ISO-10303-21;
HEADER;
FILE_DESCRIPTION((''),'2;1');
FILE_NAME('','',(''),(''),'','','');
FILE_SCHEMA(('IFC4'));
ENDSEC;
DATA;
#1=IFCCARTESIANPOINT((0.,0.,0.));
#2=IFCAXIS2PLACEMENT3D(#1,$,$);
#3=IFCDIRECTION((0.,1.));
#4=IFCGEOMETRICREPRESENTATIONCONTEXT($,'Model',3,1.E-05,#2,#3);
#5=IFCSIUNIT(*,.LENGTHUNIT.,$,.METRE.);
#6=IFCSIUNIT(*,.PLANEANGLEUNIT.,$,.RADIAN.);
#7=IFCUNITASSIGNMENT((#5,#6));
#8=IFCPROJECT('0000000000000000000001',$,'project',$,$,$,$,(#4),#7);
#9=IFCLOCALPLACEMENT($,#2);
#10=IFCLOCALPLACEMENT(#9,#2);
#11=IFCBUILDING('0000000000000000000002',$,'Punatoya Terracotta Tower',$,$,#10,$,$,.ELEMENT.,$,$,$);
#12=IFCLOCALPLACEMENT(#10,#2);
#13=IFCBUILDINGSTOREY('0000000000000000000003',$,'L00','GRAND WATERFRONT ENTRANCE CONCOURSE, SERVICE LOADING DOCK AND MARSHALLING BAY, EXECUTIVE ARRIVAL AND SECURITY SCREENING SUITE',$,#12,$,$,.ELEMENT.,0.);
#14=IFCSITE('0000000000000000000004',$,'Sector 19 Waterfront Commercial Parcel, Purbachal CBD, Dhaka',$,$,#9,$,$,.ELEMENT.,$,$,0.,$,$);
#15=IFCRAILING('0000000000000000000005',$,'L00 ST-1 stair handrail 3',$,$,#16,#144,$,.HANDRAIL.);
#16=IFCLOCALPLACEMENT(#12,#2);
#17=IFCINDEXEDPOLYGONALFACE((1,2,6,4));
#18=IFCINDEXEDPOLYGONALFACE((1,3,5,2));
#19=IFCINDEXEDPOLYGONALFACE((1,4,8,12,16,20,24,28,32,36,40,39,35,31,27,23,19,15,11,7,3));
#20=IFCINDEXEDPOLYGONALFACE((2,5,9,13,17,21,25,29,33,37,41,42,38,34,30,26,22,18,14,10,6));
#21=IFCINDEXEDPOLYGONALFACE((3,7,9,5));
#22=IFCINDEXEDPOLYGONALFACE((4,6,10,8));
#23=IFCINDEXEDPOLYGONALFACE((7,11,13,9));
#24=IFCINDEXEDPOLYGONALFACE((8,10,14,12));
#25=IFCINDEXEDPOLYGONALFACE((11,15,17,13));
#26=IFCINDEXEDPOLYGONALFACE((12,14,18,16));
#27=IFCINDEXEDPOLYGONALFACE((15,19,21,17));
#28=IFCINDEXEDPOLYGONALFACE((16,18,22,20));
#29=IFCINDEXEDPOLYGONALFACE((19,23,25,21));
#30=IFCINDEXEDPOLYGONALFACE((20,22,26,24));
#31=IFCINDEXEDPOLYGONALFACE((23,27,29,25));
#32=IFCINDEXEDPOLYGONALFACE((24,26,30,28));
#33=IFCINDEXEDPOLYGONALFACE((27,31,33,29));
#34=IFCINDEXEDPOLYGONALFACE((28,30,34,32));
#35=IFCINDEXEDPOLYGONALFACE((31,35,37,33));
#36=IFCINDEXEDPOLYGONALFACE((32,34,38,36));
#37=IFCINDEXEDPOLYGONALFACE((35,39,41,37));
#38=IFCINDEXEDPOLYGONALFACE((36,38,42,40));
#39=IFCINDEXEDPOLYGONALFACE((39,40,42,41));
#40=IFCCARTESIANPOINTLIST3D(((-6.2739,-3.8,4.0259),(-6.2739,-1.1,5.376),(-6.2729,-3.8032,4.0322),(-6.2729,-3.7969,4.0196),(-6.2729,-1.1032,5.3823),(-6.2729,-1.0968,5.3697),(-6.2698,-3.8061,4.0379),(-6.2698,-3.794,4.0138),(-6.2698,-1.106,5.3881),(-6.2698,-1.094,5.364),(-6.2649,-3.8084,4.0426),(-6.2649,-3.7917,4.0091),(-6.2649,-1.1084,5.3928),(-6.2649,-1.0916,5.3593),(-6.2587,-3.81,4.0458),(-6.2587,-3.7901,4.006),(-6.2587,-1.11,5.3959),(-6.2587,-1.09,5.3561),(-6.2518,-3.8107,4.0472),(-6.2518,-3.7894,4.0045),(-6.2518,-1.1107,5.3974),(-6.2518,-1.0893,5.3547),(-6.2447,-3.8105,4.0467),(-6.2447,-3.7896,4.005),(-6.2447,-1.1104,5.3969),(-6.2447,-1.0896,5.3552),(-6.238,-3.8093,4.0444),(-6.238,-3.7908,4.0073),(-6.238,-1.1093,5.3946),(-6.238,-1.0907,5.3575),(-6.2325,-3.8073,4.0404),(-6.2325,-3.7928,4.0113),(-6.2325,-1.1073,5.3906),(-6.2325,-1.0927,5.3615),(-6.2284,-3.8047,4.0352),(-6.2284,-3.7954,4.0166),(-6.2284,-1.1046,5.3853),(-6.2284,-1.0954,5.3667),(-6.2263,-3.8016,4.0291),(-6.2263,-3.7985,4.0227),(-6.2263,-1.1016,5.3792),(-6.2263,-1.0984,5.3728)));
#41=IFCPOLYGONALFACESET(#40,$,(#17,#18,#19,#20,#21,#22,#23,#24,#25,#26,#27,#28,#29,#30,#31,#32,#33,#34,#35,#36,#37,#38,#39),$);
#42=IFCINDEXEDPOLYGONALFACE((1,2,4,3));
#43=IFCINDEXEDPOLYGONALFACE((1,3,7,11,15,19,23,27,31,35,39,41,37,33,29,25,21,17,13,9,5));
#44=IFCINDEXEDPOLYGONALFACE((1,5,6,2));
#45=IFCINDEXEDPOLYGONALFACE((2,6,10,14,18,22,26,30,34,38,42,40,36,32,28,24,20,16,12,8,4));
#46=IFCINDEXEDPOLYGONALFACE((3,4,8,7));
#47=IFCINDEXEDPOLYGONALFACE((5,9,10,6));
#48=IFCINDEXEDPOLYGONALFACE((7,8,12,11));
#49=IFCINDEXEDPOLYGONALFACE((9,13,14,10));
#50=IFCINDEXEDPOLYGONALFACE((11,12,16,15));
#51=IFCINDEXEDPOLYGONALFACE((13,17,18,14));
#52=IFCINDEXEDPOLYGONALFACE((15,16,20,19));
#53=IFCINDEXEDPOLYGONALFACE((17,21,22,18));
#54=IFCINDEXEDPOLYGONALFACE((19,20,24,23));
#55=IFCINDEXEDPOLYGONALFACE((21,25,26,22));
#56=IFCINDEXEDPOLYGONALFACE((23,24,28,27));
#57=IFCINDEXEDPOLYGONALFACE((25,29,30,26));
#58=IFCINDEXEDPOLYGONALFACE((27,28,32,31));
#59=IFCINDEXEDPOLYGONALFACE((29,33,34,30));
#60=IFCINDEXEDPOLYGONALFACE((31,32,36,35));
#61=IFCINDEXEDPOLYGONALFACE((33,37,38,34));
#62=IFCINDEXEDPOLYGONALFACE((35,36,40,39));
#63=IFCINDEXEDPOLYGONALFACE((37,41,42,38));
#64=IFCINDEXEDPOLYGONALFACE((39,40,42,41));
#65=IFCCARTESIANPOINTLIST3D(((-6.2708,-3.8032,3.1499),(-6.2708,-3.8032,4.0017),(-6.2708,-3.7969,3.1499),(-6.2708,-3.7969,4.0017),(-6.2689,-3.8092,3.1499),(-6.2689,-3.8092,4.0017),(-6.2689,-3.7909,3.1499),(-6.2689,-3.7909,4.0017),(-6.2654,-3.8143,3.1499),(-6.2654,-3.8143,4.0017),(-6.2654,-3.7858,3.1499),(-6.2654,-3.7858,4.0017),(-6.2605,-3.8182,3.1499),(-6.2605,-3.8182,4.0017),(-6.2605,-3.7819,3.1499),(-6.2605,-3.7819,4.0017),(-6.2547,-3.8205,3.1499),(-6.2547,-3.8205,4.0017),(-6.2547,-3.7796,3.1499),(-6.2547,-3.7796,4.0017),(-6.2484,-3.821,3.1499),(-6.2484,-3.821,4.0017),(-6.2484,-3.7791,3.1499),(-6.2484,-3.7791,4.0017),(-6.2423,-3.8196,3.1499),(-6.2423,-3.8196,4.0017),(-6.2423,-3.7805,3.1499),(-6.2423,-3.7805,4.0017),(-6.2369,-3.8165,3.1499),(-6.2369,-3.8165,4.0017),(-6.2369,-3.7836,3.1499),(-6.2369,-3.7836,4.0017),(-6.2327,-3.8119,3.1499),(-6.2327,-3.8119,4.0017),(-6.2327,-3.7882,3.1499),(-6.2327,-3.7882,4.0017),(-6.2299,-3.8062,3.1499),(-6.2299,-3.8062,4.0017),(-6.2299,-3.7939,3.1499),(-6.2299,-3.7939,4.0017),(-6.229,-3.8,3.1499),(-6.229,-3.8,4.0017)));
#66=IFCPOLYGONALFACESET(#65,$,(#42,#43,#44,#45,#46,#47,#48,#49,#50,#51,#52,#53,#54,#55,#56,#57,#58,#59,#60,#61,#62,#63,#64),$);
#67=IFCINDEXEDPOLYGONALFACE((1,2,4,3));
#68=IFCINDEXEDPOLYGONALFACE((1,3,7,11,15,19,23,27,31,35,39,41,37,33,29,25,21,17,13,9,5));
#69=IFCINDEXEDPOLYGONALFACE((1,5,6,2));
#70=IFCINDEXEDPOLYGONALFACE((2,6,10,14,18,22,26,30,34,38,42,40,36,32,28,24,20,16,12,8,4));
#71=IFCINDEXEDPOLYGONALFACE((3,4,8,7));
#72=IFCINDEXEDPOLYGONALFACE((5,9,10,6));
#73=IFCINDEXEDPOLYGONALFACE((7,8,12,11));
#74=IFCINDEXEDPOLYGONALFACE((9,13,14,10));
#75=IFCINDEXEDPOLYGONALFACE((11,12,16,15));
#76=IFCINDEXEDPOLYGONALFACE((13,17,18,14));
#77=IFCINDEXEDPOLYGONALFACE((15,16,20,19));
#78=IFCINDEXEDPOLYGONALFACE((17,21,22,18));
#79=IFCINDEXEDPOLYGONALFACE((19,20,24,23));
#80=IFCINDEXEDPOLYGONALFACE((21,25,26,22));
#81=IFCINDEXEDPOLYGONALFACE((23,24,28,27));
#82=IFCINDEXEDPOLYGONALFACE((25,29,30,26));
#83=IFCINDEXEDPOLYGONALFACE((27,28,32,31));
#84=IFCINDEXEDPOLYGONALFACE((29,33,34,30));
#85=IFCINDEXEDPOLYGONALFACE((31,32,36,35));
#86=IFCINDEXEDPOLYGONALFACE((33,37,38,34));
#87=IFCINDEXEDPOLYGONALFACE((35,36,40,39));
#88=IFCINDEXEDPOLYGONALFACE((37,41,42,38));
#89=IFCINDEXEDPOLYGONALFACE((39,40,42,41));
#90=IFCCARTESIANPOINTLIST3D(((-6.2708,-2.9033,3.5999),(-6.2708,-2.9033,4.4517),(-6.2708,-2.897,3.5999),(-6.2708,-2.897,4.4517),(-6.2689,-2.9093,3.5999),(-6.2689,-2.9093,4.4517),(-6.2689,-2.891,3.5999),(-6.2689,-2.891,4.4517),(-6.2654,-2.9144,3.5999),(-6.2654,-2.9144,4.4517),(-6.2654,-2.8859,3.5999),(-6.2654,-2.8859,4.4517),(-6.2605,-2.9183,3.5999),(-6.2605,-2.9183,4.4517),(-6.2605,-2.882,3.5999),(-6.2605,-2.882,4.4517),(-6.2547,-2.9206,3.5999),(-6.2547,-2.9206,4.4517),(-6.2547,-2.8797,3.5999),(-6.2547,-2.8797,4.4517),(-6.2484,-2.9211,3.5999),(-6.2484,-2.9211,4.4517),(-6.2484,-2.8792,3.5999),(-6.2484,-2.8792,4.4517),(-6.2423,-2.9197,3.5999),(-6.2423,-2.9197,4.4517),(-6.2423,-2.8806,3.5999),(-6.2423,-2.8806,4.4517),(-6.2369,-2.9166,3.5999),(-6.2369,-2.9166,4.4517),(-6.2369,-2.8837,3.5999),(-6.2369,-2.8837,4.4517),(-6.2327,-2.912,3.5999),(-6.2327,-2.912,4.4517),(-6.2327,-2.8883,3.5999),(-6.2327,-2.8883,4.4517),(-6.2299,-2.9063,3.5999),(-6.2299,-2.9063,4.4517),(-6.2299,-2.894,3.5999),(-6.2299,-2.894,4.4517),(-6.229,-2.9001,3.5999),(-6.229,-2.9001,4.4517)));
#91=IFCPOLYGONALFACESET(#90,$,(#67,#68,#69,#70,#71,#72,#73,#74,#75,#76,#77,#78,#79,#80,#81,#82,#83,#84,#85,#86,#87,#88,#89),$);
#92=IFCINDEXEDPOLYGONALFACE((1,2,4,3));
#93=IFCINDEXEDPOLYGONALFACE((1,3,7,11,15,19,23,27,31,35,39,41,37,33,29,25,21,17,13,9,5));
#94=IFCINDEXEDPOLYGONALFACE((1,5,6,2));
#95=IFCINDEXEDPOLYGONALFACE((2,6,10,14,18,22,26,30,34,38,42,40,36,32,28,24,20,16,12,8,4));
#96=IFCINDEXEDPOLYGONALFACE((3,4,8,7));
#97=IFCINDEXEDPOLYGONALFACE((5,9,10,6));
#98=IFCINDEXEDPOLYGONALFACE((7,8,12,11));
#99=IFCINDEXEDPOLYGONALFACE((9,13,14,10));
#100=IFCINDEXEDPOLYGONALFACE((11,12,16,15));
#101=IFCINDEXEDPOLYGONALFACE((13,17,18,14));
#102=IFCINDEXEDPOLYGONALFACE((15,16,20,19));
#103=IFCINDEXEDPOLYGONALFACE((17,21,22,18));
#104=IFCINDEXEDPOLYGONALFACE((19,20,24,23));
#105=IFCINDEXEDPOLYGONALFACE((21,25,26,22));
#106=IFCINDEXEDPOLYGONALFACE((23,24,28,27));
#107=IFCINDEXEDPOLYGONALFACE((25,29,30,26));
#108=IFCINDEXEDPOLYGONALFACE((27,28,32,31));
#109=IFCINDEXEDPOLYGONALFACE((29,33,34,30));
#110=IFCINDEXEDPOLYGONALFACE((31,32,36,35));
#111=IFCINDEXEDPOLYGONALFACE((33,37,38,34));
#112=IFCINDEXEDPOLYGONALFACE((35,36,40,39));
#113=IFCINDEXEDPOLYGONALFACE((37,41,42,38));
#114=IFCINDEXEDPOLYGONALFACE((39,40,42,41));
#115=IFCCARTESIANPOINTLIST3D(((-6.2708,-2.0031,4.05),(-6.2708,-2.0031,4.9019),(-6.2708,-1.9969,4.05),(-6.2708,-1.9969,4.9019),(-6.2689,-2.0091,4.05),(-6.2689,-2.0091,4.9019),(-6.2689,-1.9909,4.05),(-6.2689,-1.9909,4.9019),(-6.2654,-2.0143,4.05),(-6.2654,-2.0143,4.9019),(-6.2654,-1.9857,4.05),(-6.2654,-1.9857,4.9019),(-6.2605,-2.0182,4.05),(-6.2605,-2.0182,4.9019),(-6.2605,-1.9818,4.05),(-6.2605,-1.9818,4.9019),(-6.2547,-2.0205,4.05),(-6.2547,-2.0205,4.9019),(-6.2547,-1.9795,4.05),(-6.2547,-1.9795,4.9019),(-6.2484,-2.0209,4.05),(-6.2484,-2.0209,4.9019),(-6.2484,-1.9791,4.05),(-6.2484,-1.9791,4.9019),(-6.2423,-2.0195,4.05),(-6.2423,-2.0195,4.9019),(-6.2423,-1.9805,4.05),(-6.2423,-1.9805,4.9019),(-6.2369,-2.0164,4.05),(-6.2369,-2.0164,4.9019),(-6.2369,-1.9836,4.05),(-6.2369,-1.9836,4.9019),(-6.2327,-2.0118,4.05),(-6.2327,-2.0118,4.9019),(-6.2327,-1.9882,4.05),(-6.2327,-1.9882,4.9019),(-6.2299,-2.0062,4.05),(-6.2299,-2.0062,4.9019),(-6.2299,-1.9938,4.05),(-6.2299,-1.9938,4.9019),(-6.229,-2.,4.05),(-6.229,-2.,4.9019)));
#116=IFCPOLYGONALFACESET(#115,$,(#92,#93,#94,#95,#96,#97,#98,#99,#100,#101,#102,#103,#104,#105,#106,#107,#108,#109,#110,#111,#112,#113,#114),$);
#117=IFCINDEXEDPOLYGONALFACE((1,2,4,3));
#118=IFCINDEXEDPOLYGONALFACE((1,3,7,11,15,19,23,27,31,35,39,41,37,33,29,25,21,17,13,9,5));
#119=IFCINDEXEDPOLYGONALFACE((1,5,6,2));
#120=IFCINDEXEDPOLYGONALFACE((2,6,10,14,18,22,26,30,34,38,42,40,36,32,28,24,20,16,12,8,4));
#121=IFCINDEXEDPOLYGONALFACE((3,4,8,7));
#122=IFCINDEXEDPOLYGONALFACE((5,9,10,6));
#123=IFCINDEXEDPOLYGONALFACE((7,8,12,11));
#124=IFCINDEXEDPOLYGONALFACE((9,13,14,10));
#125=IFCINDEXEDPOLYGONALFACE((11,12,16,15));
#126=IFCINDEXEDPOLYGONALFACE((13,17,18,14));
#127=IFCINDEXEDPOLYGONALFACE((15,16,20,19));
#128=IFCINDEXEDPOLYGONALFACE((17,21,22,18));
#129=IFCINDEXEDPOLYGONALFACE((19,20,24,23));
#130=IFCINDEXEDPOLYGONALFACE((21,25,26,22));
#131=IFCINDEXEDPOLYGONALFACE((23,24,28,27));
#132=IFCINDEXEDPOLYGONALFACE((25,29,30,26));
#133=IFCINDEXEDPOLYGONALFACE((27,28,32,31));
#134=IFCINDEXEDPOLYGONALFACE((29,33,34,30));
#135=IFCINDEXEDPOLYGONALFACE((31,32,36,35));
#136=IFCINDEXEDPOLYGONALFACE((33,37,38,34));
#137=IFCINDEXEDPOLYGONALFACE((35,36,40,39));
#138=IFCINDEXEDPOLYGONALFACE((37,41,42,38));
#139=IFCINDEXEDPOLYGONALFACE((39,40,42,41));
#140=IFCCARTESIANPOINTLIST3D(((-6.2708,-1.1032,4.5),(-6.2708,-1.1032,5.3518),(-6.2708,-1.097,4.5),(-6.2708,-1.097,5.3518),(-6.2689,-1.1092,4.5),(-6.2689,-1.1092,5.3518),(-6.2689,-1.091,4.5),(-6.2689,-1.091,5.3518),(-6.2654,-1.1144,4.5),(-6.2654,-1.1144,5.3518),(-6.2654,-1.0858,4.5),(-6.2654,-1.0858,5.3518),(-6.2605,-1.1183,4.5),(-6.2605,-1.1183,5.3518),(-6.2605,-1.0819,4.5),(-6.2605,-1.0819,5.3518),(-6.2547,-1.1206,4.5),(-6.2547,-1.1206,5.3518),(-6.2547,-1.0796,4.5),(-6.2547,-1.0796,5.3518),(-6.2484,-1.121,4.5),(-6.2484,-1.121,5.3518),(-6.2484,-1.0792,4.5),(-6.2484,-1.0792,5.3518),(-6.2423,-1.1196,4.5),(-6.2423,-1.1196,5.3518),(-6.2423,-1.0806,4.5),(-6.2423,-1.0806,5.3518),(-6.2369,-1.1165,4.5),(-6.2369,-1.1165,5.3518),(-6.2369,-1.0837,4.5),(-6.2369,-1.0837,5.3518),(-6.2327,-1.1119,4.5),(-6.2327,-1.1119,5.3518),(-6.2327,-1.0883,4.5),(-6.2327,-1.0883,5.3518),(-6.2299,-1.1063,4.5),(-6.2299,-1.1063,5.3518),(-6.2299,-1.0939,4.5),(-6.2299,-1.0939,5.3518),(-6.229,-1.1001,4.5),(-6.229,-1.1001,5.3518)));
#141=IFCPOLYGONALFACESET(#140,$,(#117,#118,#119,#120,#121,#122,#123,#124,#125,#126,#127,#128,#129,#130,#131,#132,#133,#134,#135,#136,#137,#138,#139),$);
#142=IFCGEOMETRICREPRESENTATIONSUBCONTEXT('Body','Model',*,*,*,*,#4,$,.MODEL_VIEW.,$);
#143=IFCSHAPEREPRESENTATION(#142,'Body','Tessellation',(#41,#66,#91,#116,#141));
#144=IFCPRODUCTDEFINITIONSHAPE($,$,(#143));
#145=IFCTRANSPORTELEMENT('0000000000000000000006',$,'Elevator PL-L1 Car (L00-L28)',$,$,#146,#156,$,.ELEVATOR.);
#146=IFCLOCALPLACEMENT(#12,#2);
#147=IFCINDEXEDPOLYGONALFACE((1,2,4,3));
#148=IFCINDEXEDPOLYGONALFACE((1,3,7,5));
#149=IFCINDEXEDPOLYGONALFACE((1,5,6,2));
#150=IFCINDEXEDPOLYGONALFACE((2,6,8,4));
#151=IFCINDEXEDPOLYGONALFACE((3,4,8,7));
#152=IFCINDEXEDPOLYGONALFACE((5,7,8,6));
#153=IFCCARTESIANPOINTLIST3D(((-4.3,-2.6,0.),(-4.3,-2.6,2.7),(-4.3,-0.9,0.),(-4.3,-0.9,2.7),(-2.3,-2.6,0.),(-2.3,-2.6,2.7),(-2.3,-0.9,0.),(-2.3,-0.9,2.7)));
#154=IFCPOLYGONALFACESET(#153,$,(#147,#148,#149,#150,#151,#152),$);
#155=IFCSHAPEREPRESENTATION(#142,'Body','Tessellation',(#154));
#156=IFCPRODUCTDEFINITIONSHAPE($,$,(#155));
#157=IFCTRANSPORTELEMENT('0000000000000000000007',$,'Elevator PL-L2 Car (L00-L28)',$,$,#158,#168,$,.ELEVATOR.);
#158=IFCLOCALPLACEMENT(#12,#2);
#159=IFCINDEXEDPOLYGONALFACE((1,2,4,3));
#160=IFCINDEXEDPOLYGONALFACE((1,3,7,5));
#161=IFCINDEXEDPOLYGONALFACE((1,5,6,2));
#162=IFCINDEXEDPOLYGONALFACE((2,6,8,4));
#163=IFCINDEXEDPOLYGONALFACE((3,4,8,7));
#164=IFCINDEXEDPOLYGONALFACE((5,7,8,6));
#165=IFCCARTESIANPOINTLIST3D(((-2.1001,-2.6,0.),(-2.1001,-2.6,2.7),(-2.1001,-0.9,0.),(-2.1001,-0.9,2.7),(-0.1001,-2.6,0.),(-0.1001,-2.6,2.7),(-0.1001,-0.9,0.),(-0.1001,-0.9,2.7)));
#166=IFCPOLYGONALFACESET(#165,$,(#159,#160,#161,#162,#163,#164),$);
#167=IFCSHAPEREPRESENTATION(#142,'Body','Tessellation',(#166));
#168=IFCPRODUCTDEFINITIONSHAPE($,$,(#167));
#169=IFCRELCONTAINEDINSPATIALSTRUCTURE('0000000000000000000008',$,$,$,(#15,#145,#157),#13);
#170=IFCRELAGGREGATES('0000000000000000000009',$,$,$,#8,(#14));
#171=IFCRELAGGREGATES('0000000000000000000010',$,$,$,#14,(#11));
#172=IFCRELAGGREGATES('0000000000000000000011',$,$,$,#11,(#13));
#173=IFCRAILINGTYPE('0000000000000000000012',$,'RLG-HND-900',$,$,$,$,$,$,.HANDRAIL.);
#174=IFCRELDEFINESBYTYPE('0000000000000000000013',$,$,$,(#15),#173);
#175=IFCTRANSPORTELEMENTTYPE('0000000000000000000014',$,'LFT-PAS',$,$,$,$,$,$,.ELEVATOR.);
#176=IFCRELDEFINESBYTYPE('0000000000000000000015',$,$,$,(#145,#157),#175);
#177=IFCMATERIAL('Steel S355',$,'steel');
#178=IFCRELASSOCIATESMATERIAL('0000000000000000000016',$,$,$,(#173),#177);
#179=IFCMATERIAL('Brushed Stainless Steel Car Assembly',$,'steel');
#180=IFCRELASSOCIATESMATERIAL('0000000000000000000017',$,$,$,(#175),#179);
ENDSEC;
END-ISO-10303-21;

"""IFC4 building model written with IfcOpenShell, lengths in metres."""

from ifc_helpers import new_model, si_unit, direction, frame, origin, origin_2d, place, context, subcontext, project, spatial, rectangle, circle, extrude, material, type_object, element, save


model = new_model("IFC4")

# Units and contexts
model_context = context("Model", 3, precision=1e-05, world=origin(), true_north=direction((0.0, 1.0)))
body_context = subcontext(model_context, "Body", "Model", "MODEL_VIEW")
ifc_project = project(units=[si_unit("LENGTHUNIT", "METRE"), si_unit("PLANEANGLEUNIT", "RADIAN")], contexts=[model_context])

# Site, building, storey
site_placement = place(None, origin())
site = spatial("IfcSite", under=ifc_project, at=site_placement, Name="Sector 19 Waterfront Commercial Parcel, Purbachal CBD, Dhaka", CompositionType="ELEMENT", RefElevation=0.0)
building_placement = place(site_placement, origin())
building = spatial("IfcBuilding", under=site, at=building_placement, Name="Punatoya Terracotta Tower", CompositionType="ELEMENT")
storey_placement = place(building_placement, origin())
storey = spatial("IfcBuildingStorey", under=building, at=storey_placement, Name="L00", Description="GRAND WATERFRONT ENTRANCE CONCOURSE, SERVICE LOADING DOCK AND MARSHALLING BAY, EXECUTIVE ARRIVAL AND SECURITY SCREENING SUITE", CompositionType="ELEMENT", Elevation=0.0)

# Railing
ifc_material_1 = material(Name="Steel S355", Category="steel")
railing_type = type_object("IfcRailingType", Name="RLG-HND-900", PredefinedType="HANDRAIL", material=ifc_material_1)
for number, where, name in (
    (1, (-6.25, -3.8, 3.1499), "L00 ST-1 stair handrail 3"),
):
    element("IfcRailing", number, at=place(storey_placement, frame(where)), inside=storey, type_object=railing_type, Name=name, PredefinedType="HANDRAIL", context=body_context, shape_type="SweptSolid", body=[
        extrude(circle(Radius=0.0239, at=origin_2d()), frame((0.0, 0.0, 0.876), z_axis=(0.0, 0.894411, 0.447246), x_axis=(-1.0, 0.0, 0.0)), (0.0, 0.0, 1.0), 3.0188),
        extrude(circle(Radius=0.021, at=origin_2d()), origin(), (0.0, 0.0, 1.0), 0.8518),
        extrude(circle(Radius=0.021, at=origin_2d()), frame((0.0, 0.8999, 0.45)), (0.0, 0.0, 1.0), 0.8518),
        extrude(circle(Radius=0.021, at=origin_2d()), frame((0.0, 1.8, 0.9001)), (0.0, 0.0, 1.0), 0.8518),
        extrude(circle(Radius=0.021, at=origin_2d()), frame((0.0, 2.7, 1.3501)), (0.0, 0.0, 1.0), 0.8518),
    ])

# Transport elements
ifc_material_2 = material(Name="Brushed Stainless Steel Car Assembly", Category="steel")
transport_element_type = type_object("IfcTransportElementType", Name="LFT-PAS", PredefinedType="ELEVATOR", material=ifc_material_2)
for number, where, z_axis, x_axis, name in (
    (2, (-3.3, -1.75, 0.0), (0.0, 0.0, 1.0), (1.0, 0.0, 0.0), "Elevator PL-L1 Car (L00-L28)"),
    (3, (-1.1001, -1.75, 0.0), (0.0, 0.0, 1.0), (1.0, 0.0, 0.0), "Elevator PL-L2 Car (L00-L28)"),
):
    element("IfcTransportElement", number, at=place(storey_placement, frame(where, z_axis=z_axis, x_axis=x_axis)), inside=storey, type_object=transport_element_type, Name=name, PredefinedType="ELEVATOR", context=body_context, shape_type="SweptSolid", body=[
        extrude(rectangle(XDim=2.0, YDim=1.7, at=origin_2d()), origin(), (0.0, 0.0, 1.0), 2.7),
    ])

save(model, "model.ifc")
